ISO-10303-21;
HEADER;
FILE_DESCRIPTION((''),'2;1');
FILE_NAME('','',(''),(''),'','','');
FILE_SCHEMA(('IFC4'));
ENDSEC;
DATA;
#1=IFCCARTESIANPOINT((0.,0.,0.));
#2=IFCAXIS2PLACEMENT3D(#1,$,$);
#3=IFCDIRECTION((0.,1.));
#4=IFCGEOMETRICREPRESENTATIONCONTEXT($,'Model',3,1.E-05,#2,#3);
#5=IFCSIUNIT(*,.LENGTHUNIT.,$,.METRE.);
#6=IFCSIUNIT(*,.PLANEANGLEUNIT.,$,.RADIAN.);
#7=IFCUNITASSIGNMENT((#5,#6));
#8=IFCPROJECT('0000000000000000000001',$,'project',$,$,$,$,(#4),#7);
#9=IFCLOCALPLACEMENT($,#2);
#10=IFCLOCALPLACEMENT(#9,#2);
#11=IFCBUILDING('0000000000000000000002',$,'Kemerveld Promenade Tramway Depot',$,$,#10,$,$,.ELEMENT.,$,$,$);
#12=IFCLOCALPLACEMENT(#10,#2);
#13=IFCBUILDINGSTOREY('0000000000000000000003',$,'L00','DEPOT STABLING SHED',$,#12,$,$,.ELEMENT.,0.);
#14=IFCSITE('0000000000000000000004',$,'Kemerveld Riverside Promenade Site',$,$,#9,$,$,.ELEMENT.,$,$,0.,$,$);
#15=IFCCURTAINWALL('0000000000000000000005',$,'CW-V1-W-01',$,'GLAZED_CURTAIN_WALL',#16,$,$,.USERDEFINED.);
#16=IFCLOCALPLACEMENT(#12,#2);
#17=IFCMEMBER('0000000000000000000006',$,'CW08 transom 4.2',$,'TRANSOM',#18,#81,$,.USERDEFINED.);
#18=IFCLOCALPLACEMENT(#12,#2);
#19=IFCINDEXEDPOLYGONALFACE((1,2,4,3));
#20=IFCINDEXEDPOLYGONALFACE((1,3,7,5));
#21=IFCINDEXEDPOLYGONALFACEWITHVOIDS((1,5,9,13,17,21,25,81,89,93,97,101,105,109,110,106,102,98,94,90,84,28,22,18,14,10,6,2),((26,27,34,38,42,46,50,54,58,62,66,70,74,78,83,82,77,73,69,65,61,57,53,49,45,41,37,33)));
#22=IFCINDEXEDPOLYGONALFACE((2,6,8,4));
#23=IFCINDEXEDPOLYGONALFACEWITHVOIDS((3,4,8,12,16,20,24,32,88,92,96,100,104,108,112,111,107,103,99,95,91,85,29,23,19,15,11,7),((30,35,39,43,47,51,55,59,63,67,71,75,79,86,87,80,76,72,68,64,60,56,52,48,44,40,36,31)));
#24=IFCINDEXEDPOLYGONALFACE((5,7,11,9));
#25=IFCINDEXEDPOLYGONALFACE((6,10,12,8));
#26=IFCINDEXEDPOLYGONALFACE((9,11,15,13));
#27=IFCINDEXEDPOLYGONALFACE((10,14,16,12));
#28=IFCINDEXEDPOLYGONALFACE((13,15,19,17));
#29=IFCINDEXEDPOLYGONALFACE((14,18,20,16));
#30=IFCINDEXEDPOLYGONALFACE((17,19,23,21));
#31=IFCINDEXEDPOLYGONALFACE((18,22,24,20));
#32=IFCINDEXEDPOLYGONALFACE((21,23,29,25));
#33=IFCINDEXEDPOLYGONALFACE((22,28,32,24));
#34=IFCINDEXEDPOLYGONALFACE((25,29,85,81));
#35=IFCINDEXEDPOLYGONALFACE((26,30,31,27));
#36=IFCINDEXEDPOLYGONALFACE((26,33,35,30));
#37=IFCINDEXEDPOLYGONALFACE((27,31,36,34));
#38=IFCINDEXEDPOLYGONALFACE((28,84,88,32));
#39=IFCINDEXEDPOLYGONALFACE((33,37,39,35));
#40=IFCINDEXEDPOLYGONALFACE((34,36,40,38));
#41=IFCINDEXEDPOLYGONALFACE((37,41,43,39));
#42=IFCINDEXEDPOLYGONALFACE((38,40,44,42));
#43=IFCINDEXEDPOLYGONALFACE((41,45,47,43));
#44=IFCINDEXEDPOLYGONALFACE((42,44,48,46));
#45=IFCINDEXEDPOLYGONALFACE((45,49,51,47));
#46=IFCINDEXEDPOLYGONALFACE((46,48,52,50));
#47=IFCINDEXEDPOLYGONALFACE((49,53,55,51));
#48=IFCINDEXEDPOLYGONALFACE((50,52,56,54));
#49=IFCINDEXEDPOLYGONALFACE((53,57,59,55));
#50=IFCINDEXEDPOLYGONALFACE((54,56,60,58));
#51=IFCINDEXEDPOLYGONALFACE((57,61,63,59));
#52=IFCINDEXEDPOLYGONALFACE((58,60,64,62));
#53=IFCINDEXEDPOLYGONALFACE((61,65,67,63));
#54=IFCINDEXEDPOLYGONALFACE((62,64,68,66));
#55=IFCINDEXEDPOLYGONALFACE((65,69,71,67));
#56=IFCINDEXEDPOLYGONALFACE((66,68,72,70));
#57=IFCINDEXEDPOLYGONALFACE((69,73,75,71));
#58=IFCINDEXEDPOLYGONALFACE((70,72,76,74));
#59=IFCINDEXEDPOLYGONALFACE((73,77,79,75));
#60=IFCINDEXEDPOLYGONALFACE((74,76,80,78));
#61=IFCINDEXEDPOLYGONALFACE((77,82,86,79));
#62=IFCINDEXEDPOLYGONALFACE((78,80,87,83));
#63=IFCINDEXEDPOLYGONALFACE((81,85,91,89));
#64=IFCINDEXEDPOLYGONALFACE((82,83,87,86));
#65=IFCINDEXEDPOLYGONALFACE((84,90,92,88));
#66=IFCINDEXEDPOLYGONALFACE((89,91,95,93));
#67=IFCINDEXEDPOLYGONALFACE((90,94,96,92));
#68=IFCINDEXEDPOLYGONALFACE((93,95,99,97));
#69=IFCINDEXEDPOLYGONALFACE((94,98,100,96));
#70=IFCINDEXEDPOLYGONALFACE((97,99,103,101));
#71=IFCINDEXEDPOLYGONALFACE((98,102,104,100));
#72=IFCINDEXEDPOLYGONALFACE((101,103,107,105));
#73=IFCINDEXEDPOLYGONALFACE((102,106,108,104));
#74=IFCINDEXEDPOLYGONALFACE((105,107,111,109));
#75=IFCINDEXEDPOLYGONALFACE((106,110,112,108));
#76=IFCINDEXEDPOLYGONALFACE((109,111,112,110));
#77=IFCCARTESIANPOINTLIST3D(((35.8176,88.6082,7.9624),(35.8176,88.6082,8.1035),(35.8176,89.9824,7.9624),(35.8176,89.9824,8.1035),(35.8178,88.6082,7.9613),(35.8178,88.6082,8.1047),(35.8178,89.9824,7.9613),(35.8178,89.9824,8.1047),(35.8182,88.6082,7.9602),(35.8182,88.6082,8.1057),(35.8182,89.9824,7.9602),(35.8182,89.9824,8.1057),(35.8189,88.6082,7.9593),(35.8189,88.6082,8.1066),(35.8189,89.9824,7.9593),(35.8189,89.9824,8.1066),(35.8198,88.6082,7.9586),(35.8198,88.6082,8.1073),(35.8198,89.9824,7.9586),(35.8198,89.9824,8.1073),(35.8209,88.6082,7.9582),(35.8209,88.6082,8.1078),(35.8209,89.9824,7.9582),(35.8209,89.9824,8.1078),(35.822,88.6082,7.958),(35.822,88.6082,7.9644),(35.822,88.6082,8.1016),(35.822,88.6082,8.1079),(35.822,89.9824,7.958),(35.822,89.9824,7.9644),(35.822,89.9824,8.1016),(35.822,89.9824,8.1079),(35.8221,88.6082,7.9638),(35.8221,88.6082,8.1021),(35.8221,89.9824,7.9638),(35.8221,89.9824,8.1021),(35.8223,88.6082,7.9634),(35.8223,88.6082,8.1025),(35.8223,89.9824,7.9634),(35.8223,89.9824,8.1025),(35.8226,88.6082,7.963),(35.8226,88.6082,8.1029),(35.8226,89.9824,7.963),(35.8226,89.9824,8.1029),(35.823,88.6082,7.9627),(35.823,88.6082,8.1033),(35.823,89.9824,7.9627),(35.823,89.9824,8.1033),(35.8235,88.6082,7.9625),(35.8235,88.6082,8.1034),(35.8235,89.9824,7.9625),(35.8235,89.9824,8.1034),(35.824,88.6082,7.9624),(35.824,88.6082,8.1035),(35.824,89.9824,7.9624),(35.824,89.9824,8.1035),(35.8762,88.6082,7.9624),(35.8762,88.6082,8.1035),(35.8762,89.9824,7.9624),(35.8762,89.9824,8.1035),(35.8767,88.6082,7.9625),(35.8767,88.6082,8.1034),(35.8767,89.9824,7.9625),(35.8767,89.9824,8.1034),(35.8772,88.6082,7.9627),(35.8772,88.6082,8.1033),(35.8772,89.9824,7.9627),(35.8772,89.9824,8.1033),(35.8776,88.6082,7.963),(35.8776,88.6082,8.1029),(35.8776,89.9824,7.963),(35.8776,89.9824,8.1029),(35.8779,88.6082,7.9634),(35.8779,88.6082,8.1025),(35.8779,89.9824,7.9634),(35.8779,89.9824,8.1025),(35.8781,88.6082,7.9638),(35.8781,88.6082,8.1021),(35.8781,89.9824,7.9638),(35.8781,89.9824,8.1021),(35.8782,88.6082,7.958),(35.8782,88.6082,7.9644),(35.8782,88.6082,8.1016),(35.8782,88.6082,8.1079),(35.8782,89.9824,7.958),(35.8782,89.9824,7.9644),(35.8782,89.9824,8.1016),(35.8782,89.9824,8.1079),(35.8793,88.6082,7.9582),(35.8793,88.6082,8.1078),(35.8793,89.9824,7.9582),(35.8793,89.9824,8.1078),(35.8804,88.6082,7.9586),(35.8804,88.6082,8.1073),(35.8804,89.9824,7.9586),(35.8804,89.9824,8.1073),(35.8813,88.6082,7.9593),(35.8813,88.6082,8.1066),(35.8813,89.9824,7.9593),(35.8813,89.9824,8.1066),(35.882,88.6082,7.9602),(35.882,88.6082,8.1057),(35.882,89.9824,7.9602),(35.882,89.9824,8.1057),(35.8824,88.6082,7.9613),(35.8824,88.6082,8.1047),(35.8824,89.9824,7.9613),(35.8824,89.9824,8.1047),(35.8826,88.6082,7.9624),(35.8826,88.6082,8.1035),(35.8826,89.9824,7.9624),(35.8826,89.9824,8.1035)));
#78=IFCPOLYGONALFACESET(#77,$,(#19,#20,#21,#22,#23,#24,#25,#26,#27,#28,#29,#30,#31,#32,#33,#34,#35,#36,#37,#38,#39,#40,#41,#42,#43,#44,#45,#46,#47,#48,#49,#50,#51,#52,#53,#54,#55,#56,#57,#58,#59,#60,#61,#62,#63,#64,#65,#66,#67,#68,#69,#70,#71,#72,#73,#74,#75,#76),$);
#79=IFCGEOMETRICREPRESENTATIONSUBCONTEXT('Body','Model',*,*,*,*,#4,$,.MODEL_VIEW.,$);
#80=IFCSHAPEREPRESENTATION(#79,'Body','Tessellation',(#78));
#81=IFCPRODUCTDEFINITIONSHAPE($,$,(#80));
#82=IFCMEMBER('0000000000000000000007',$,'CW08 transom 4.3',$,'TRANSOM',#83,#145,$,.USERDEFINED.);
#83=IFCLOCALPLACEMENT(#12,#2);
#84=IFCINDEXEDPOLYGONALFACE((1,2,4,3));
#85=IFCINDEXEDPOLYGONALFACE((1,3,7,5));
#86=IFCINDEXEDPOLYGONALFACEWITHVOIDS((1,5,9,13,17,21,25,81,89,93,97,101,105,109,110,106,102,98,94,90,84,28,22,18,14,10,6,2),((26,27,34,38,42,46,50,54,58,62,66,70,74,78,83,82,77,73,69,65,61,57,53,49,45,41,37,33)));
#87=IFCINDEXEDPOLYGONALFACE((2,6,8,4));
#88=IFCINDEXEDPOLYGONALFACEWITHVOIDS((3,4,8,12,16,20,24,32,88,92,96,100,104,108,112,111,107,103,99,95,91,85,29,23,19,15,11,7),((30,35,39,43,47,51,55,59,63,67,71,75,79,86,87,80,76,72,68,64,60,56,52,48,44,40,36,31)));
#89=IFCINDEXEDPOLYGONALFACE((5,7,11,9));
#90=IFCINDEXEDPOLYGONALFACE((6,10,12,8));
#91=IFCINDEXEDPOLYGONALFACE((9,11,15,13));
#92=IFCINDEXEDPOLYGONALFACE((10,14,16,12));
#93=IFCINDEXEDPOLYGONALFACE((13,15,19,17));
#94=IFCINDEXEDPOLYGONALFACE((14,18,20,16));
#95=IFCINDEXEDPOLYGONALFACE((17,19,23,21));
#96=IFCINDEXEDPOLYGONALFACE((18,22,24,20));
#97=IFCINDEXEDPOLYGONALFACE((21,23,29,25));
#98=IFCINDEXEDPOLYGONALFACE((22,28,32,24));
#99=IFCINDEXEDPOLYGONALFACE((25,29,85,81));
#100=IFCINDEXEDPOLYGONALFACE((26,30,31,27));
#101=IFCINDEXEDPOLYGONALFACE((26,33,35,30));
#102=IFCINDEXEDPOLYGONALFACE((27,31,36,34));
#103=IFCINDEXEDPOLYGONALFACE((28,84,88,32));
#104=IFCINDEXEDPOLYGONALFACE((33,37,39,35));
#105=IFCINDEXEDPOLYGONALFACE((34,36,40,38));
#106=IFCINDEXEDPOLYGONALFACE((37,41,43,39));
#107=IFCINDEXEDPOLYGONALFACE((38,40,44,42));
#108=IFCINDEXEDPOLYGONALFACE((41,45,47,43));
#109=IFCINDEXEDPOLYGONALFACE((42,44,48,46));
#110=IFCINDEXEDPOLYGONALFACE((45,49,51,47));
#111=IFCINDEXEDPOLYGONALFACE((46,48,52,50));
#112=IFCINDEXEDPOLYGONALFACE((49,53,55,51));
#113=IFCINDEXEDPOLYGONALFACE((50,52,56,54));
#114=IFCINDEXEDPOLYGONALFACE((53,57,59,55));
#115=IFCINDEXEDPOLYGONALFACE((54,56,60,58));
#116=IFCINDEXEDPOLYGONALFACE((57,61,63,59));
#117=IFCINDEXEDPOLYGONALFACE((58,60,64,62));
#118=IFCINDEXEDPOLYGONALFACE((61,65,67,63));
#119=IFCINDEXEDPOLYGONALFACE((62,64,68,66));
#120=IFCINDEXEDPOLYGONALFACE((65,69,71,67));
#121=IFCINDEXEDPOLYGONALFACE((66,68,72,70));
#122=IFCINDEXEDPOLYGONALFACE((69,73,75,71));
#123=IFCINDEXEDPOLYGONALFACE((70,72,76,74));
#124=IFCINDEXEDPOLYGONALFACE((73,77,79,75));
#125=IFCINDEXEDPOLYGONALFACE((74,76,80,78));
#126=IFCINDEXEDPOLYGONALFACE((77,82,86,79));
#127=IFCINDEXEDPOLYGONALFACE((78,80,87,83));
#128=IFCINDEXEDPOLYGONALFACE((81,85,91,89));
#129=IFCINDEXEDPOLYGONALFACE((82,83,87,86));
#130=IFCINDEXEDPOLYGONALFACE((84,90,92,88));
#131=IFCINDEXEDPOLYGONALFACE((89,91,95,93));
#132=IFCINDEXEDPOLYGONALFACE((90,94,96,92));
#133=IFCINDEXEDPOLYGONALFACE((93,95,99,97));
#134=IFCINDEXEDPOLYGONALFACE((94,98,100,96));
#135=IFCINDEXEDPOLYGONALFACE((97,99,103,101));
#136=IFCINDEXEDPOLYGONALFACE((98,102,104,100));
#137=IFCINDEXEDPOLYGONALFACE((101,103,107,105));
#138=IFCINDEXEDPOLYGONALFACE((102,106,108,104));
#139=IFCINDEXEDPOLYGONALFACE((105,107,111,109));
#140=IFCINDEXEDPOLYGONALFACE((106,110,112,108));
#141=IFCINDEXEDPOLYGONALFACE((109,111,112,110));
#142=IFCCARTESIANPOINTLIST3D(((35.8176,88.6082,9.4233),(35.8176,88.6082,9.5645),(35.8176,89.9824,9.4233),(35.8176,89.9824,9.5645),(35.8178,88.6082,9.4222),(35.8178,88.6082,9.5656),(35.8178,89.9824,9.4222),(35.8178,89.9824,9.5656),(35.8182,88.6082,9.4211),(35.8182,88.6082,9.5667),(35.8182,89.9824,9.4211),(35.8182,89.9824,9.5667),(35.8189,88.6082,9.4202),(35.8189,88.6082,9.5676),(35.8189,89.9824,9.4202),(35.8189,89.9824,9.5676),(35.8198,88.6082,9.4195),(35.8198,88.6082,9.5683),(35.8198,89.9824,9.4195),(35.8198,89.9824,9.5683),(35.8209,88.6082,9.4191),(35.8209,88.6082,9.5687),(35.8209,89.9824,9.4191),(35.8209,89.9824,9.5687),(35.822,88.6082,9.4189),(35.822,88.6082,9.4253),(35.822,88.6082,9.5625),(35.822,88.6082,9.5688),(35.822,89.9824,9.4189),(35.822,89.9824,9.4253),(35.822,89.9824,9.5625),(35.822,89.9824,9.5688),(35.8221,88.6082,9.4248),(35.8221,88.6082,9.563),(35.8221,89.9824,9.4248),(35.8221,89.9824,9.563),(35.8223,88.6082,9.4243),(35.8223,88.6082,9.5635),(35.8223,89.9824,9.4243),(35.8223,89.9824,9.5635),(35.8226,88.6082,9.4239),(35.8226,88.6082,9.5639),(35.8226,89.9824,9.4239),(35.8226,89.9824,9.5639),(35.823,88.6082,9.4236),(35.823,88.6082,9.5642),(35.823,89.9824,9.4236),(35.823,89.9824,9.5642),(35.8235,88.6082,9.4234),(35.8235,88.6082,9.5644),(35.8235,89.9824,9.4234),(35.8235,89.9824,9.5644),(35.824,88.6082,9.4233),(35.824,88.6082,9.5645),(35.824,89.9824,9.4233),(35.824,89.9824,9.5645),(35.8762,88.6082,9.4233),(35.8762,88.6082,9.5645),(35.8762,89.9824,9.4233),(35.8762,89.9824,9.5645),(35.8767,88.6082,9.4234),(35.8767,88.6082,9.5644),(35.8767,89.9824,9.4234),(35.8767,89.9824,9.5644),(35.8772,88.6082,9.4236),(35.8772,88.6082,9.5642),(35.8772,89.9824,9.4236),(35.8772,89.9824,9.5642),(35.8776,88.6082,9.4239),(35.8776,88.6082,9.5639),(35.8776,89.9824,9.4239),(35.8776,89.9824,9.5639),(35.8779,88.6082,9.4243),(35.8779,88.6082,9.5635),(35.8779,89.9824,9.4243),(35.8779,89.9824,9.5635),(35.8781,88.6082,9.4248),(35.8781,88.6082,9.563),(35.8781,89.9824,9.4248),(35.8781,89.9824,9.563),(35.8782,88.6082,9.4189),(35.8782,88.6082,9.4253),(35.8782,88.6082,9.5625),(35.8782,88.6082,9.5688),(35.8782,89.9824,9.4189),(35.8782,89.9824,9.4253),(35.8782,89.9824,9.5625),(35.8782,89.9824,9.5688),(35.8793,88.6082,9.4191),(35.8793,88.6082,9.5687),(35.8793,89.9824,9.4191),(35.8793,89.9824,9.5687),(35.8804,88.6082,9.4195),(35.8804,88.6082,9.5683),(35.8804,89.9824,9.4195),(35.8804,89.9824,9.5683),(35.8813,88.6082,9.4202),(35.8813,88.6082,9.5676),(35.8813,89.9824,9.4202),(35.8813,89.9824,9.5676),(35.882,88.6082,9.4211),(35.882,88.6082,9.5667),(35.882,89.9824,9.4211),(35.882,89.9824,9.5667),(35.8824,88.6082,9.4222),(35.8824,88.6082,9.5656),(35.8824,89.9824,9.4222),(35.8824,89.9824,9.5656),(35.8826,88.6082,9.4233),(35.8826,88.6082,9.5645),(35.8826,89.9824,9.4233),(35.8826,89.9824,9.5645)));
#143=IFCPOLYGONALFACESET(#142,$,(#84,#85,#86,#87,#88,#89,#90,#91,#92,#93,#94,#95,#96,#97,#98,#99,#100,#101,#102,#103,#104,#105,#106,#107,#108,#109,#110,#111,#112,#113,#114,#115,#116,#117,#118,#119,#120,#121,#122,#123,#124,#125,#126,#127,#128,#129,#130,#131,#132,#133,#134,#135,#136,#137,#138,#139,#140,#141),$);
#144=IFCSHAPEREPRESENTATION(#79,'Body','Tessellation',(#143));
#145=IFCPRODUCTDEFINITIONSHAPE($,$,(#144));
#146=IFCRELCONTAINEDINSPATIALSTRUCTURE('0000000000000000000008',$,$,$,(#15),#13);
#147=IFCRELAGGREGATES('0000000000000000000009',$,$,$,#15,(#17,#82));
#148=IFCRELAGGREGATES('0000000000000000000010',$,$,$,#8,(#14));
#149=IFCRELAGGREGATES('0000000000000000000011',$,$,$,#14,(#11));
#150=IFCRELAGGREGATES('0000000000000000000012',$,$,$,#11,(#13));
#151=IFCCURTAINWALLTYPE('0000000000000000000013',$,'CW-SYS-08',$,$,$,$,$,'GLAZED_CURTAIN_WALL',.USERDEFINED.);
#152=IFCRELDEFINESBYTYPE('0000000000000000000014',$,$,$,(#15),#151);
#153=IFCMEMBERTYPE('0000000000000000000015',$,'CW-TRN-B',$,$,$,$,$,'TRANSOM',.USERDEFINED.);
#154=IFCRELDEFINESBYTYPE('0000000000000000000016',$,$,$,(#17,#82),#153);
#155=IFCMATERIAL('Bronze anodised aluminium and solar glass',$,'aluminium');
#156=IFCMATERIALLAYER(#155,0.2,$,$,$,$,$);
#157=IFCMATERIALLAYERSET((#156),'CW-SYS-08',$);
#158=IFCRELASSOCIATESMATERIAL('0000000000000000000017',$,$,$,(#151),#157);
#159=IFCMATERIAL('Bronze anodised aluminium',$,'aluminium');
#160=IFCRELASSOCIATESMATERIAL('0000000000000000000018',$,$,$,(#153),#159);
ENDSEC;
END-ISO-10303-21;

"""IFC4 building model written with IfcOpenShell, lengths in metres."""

from ifc_helpers import new_model, si_unit, direction, frame, origin, origin_2d, place, context, subcontext, project, spatial, hollow_rectangle, extrude, material, layer, layer_set, material_profile, profile_set, type_object, element, aggregate, save


model = new_model("IFC4")

# Units and contexts
model_context = context("Model", 3, precision=1e-05, world=origin(), true_north=direction((0.0, 1.0)))
body_context = subcontext(model_context, "Body", "Model", "MODEL_VIEW")
ifc_project = project(units=[si_unit("LENGTHUNIT", "METRE"), si_unit("PLANEANGLEUNIT", "RADIAN")], contexts=[model_context])

# Site, building, storey
site_placement = place(None, origin())
site = spatial("IfcSite", under=ifc_project, at=site_placement, Name="Kemerveld Riverside Promenade Site", CompositionType="ELEMENT", RefElevation=0.0)
building_placement = place(site_placement, origin())
building = spatial("IfcBuilding", under=site, at=building_placement, Name="Kemerveld Promenade Tramway Depot", CompositionType="ELEMENT")
storey_placement = place(building_placement, origin())
storey = spatial("IfcBuildingStorey", under=building, at=storey_placement, Name="L00", Description="DEPOT STABLING SHED", CompositionType="ELEMENT", Elevation=0.0)

# Curtain wall, members
ifc_material_1 = material(Name="Bronze anodised aluminium and solar glass", Category="aluminium")
ifc_layer_1 = layer(ifc_material_1, 0.2)
ifc_layer_set_1 = layer_set([ifc_layer_1], Name="CW-SYS-08")
curtain_wall_type = type_object("IfcCurtainWallType", Name="CW-SYS-08", ElementType="GLAZED_CURTAIN_WALL", PredefinedType="USERDEFINED", material=ifc_layer_set_1)
curtain_wall_placement = place(storey_placement, origin())
curtain_wall = element("IfcCurtainWall", 1, at=curtain_wall_placement, inside=storey, type_object=curtain_wall_type, Name="CW-V1-W-01", ObjectType="GLAZED_CURTAIN_WALL", PredefinedType="USERDEFINED")
ifc_material_2 = material(Name="Bronze anodised aluminium", Category="aluminium")
ifc_material_profile_1 = material_profile(ifc_material_2, hollow_rectangle(XDim=0.0649, YDim=0.1499, WallThickness=0.0044, InnerFilletRadius=0.002, OuterFilletRadius=0.0044, at=origin_2d()), Name="CW-TRN-150x65")
ifc_profile_set_1 = profile_set([ifc_material_profile_1], Name="Bronze anodised aluminium")
member_type_1 = type_object("IfcMemberType", Name="CW-TRN-B", ElementType="TRANSOM", PredefinedType="USERDEFINED", material=ifc_profile_set_1)
member_1_placement = place(storey_placement, frame((35.8501, 88.6082, 8.033), z_axis=(0.0, 1.0, 0.0), x_axis=(-1.0, 0.0, 0.0)))
member_1 = element("IfcMember", 2, at=member_1_placement, type_object=member_type_1, Name="CW08 transom 4.2", ObjectType="TRANSOM", PredefinedType="USERDEFINED", context=body_context, shape_type="SweptSolid", body=[
    extrude(hollow_rectangle(XDim=0.0649, YDim=0.1499, WallThickness=0.0044, InnerFilletRadius=0.002, OuterFilletRadius=0.0044, at=origin_2d()), origin(), (0.0, 0.0, 1.0), 1.3743),
])
member_2_placement = place(storey_placement, frame((35.8501, 88.6082, 9.4939), z_axis=(0.0, 1.0, 0.0), x_axis=(-1.0, 0.0, 0.0)))
member_2 = element("IfcMember", 3, at=member_2_placement, type_object=member_type_1, Name="CW08 transom 4.3", ObjectType="TRANSOM", PredefinedType="USERDEFINED", context=body_context, shape_type="SweptSolid", body=[
    extrude(hollow_rectangle(XDim=0.0649, YDim=0.1499, WallThickness=0.0044, InnerFilletRadius=0.002, OuterFilletRadius=0.0044, at=origin_2d()), origin(), (0.0, 0.0, 1.0), 1.3743),
])
aggregate(curtain_wall, [member_1, member_2])

save(model, "model.ifc")
